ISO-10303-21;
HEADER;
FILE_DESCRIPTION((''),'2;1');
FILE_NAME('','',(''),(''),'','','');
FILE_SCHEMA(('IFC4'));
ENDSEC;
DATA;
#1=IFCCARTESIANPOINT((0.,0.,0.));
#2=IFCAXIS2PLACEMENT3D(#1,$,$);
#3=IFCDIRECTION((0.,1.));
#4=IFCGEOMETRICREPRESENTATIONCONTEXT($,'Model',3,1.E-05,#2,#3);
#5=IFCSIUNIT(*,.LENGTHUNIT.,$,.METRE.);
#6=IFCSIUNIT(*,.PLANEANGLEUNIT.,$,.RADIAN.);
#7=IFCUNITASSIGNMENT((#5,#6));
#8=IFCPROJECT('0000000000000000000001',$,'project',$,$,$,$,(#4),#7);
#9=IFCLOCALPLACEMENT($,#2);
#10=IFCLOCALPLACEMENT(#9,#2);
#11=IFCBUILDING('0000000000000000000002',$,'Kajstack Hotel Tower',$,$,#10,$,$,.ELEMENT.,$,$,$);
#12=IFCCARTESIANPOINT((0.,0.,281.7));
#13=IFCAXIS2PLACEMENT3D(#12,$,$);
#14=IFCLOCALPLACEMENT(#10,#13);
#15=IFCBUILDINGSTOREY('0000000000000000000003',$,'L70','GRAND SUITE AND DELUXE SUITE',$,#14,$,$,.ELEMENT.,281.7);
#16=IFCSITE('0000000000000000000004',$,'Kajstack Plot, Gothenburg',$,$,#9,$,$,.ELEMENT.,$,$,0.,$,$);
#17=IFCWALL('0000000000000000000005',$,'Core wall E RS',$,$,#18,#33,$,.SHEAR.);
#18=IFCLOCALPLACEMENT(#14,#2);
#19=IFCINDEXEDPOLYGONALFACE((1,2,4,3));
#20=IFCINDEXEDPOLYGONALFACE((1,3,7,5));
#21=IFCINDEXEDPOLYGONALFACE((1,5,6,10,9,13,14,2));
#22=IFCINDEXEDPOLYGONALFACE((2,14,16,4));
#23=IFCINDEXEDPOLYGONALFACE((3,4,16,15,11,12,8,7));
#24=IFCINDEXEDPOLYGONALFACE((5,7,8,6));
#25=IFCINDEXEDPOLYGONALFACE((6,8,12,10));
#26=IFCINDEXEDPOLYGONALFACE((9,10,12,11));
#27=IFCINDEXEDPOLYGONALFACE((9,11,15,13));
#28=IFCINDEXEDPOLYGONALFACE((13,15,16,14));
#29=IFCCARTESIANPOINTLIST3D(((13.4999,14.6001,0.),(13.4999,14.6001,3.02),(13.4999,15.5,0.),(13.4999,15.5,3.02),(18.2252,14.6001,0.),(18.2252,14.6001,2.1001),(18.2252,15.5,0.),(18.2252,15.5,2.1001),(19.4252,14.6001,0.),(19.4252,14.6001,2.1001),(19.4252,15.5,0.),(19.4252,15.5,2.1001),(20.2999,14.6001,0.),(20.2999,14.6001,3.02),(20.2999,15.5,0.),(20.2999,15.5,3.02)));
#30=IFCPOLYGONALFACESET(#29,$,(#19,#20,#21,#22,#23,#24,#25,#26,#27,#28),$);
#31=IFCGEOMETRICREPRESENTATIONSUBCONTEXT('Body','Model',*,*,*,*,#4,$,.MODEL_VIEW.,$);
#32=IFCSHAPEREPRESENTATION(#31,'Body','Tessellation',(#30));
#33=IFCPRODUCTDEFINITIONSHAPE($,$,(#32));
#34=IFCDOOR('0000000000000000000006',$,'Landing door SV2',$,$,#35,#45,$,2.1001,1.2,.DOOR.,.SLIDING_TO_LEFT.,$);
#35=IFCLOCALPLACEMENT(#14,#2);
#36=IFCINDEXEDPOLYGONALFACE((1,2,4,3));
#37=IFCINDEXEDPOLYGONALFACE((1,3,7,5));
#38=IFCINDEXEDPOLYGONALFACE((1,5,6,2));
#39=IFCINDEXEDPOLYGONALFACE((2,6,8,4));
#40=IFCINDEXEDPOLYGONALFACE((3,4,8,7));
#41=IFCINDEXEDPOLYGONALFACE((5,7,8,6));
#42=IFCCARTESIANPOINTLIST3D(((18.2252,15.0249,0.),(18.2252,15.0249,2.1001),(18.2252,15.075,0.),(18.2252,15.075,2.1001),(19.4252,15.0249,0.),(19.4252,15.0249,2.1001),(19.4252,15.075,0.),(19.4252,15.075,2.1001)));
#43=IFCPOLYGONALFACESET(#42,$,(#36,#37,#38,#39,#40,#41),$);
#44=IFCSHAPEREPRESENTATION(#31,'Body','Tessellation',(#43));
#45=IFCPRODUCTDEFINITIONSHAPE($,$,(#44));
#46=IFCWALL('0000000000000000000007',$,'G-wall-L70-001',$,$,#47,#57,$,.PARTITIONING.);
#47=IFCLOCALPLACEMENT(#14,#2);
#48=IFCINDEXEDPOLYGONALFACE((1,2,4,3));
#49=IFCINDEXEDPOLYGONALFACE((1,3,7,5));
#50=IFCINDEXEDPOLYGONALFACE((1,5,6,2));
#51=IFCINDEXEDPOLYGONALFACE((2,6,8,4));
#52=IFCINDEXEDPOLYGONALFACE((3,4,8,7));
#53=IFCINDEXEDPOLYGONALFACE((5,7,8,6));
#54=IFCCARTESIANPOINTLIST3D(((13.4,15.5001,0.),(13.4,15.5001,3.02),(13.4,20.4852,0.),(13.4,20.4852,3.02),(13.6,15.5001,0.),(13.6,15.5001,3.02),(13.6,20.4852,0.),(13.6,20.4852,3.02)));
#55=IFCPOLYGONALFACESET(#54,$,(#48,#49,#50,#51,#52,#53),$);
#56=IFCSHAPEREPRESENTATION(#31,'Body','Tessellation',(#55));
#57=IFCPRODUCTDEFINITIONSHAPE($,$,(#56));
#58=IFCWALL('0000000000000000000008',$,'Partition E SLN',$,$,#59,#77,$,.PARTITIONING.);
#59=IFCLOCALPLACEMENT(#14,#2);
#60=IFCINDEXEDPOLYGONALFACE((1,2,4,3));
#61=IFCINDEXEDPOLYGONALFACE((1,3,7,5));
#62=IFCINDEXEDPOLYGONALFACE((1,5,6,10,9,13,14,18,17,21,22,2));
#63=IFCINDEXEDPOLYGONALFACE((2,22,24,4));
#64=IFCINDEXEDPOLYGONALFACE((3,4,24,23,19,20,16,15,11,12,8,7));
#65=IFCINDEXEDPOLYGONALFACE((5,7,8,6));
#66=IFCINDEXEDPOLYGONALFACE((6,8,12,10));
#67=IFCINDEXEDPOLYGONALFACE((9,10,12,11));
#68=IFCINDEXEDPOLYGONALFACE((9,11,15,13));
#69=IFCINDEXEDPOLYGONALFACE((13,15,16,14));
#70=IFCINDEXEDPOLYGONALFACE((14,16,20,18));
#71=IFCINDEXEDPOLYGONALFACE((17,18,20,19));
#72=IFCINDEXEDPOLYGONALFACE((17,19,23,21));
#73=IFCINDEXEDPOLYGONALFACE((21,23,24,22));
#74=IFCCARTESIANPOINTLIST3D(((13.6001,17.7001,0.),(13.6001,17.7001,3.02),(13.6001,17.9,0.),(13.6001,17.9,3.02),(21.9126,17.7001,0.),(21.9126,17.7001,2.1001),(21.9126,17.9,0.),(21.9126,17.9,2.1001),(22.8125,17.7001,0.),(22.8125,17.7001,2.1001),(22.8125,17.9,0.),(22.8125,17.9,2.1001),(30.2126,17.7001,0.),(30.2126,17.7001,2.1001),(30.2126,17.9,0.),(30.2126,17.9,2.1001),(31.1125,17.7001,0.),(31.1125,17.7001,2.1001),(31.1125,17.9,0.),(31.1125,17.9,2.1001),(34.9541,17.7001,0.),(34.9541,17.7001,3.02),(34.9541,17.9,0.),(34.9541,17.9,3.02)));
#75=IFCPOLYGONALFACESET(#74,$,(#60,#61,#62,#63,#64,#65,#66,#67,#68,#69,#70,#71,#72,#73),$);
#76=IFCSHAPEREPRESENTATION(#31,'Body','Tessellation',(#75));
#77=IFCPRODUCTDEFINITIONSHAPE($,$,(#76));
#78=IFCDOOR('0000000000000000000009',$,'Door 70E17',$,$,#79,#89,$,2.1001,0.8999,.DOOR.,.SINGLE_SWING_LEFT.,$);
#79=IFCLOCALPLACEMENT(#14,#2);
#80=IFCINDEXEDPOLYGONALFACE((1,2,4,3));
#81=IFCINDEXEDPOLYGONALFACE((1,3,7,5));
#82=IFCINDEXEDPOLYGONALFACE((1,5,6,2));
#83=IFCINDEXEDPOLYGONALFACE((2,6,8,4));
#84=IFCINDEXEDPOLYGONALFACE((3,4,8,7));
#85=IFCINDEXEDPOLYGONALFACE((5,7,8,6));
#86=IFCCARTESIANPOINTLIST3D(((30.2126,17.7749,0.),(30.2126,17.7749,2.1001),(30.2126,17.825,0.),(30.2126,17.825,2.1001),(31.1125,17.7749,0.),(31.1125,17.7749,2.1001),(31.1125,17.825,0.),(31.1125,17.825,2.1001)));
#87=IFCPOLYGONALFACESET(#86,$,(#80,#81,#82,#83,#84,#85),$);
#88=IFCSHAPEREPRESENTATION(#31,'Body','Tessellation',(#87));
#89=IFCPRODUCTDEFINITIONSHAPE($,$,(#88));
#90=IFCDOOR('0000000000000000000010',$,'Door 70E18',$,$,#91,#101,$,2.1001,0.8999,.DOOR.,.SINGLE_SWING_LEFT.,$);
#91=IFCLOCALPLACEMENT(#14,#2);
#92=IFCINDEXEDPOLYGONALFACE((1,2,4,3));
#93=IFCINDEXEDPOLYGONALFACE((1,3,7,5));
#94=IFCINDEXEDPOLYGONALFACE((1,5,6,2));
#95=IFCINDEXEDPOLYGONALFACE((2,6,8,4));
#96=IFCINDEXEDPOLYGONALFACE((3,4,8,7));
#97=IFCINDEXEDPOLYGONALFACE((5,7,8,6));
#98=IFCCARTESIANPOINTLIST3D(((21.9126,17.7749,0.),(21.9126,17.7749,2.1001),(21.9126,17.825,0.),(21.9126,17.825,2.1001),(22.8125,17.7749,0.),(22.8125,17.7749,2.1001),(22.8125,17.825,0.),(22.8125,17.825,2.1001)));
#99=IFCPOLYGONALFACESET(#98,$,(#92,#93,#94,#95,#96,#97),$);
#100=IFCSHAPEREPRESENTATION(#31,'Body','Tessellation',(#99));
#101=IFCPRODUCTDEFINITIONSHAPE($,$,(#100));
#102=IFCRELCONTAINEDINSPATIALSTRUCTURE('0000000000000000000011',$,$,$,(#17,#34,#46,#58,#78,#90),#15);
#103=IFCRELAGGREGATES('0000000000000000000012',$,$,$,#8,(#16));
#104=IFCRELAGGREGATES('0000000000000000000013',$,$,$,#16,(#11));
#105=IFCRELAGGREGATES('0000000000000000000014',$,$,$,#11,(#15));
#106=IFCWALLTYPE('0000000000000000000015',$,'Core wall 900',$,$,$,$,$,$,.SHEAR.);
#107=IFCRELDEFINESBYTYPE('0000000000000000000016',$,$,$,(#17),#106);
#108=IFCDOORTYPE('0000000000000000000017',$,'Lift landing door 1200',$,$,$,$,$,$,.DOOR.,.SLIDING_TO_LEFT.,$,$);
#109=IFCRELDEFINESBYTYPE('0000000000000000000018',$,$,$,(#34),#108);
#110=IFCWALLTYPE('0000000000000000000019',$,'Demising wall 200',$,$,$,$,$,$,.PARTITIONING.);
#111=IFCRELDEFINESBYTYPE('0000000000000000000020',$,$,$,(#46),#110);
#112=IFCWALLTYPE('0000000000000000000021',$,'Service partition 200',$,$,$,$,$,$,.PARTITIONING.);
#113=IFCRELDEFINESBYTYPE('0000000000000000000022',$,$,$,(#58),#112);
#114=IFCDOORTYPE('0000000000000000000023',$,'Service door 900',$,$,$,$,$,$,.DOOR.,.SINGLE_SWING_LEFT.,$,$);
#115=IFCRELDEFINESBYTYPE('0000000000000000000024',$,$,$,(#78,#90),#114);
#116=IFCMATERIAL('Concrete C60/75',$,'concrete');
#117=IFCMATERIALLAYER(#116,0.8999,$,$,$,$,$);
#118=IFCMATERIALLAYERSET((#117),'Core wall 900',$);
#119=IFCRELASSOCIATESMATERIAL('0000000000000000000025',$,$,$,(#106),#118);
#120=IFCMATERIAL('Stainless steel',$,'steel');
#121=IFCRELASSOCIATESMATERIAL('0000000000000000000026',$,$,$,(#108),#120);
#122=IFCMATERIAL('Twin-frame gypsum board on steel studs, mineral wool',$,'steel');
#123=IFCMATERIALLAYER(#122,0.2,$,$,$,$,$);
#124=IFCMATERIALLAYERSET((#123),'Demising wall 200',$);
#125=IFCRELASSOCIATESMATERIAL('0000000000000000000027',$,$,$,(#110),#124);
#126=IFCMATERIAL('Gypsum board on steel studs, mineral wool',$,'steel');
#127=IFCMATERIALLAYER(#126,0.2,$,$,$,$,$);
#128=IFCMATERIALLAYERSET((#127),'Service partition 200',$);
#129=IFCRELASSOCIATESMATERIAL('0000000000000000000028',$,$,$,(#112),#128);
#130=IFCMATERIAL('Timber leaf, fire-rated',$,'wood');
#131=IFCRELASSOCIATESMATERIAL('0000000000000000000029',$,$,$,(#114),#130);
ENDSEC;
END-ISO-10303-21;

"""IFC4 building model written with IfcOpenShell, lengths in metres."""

from ifc_helpers import new_model, si_unit, direction, frame, frame_2d, origin, place, context, subcontext, project, spatial, rectangle, extrude, material, layer, layer_set, type_object, element, fill, save


model = new_model("IFC4")

# Units and contexts
model_context = context("Model", 3, precision=1e-05, world=origin(), true_north=direction((0.0, 1.0)))
body_context = subcontext(model_context, "Body", "Model", "MODEL_VIEW")
ifc_project = project(units=[si_unit("LENGTHUNIT", "METRE"), si_unit("PLANEANGLEUNIT", "RADIAN")], contexts=[model_context])

# Site, building, storey
site_placement = place(None, origin())
site = spatial("IfcSite", under=ifc_project, at=site_placement, Name="Kajstack Plot, Gothenburg", CompositionType="ELEMENT", RefElevation=0.0)
building_placement = place(site_placement, origin())
building = spatial("IfcBuilding", under=site, at=building_placement, Name="Kajstack Hotel Tower", CompositionType="ELEMENT")
storey_placement = place(building_placement, frame((0.0, 0.0, 281.7)))
storey = spatial("IfcBuildingStorey", under=building, at=storey_placement, Name="L70", Description="GRAND SUITE AND DELUXE SUITE", CompositionType="ELEMENT", Elevation=281.7)

# Wall, opening, door
ifc_material_1 = material(Name="Concrete C60/75", Category="concrete")
ifc_layer_1 = layer(ifc_material_1, 0.8999)
ifc_layer_set_1 = layer_set([ifc_layer_1], Name="Core wall 900")
wall_type_1 = type_object("IfcWallType", Name="Core wall 900", PredefinedType="SHEAR", material=ifc_layer_set_1)
wall_1_placement = place(storey_placement, frame((13.5, 15.05, 0.0), z_axis=(0.0, 0.0, 1.0), x_axis=(1.0, 0.0, 0.0)))
wall_1 = element("IfcWall", 1, at=wall_1_placement, inside=storey, type_object=wall_type_1, Name="Core wall E RS", PredefinedType="SHEAR", context=body_context, shape_type="SweptSolid", body=[
    extrude(rectangle(XDim=6.8, YDim=0.8999, at=frame_2d((3.3999, 0.0))), origin(), (0.0, 0.0, 1.0), 3.02),
])
opening_1_placement = place(wall_1_placement, frame((4.7251, 0.0, 0.0)))
opening_1 = element("IfcOpeningElement", 2, at=opening_1_placement, cuts=wall_1, PredefinedType="OPENING", context=body_context, shape_type="SweptSolid", body=[
    extrude(rectangle(XDim=1.2, YDim=2.1001, at=frame_2d((0.6001, 1.05))), frame((0.0, 0.46, 0.0), z_axis=(0.0, -1.0, 0.0), x_axis=(1.0, 0.0, 0.0)), (0.0, 0.0, 1.0), 0.9199),
])
ifc_material_2 = material(Name="Stainless steel", Category="steel")
door_type_1 = type_object("IfcDoorType", Name="Lift landing door 1200", OperationType="SLIDING_TO_LEFT", PredefinedType="DOOR", material=ifc_material_2)
door_1_placement = place(opening_1_placement, origin())
door_1 = element("IfcDoor", 3, at=door_1_placement, inside=storey, type_object=door_type_1, Name="Landing door SV2", OperationType="SLIDING_TO_LEFT", OverallHeight=2.1001, OverallWidth=1.2, PredefinedType="DOOR", context=body_context, shape_type="SweptSolid", body=[
    extrude(rectangle(XDim=1.2, YDim=2.1001, at=frame_2d((0.6001, 1.05))), frame((0.0, 0.0249, 0.0), z_axis=(0.0, -1.0, 0.0), x_axis=(1.0, 0.0, 0.0)), (0.0, 0.0, 1.0), 0.05),
])
fill(opening_1, door_1)

# Wall
ifc_material_3 = material(Name="Twin-frame gypsum board on steel studs, mineral wool", Category="steel")
ifc_layer_2 = layer(ifc_material_3, 0.2)
ifc_layer_set_2 = layer_set([ifc_layer_2], Name="Demising wall 200")
wall_type_2 = type_object("IfcWallType", Name="Demising wall 200", PredefinedType="PARTITIONING", material=ifc_layer_set_2)
wall_2_placement = place(storey_placement, frame((13.5, 15.5, 0.0), z_axis=(0.0, 0.0, 1.0), x_axis=(0.0, 1.0, 0.0)))
element("IfcWall", 4, at=wall_2_placement, inside=storey, type_object=wall_type_2, Name="G-wall-L70-001", PredefinedType="PARTITIONING", context=body_context, shape_type="SweptSolid", body=[
    extrude(rectangle(XDim=4.9851, YDim=0.2, at=frame_2d((2.4927, 0.0))), origin(), (0.0, 0.0, 1.0), 3.02),
])

# Wall, openings, doors
ifc_material_4 = material(Name="Gypsum board on steel studs, mineral wool", Category="steel")
ifc_layer_3 = layer(ifc_material_4, 0.2)
ifc_layer_set_3 = layer_set([ifc_layer_3], Name="Service partition 200")
wall_type_3 = type_object("IfcWallType", Name="Service partition 200", PredefinedType="PARTITIONING", material=ifc_layer_set_3)
wall_3_placement = place(storey_placement, frame((13.6001, 17.8, 0.0), z_axis=(0.0, 0.0, 1.0), x_axis=(1.0, 0.0, 0.0)))
wall_3 = element("IfcWall", 5, at=wall_3_placement, inside=storey, type_object=wall_type_3, Name="Partition E SLN", PredefinedType="PARTITIONING", context=body_context, shape_type="SweptSolid", body=[
    extrude(rectangle(XDim=21.354, YDim=0.2, at=frame_2d((10.677, 0.0))), origin(), (0.0, 0.0, 1.0), 3.02),
])
opening_2_placement = place(wall_3_placement, frame((16.6125, 0.0, 0.0)))
opening_2 = element("IfcOpeningElement", 6, at=opening_2_placement, cuts=wall_3, PredefinedType="OPENING", context=body_context, shape_type="SweptSolid", body=[
    extrude(rectangle(XDim=0.8999, YDim=2.1001, at=frame_2d((0.45, 1.05))), frame((0.0, 0.1099, 0.0), z_axis=(0.0, -1.0, 0.0), x_axis=(1.0, 0.0, 0.0)), (0.0, 0.0, 1.0), 0.22),
])
opening_3_placement = place(wall_3_placement, frame((8.3125, 0.0, 0.0)))
opening_3 = element("IfcOpeningElement", 7, at=opening_3_placement, cuts=wall_3, PredefinedType="OPENING", context=body_context, shape_type="SweptSolid", body=[
    extrude(rectangle(XDim=0.8999, YDim=2.1001, at=frame_2d((0.45, 1.05))), frame((0.0, 0.1099, 0.0), z_axis=(0.0, -1.0, 0.0), x_axis=(1.0, 0.0, 0.0)), (0.0, 0.0, 1.0), 0.22),
])
ifc_material_5 = material(Name="Timber leaf, fire-rated", Category="wood")
door_type_2 = type_object("IfcDoorType", Name="Service door 900", OperationType="SINGLE_SWING_LEFT", PredefinedType="DOOR", material=ifc_material_5)
door_2_placement = place(opening_2_placement, origin())
door_2 = element("IfcDoor", 8, at=door_2_placement, inside=storey, type_object=door_type_2, Name="Door 70E17", OperationType="SINGLE_SWING_LEFT", OverallHeight=2.1001, OverallWidth=0.8999, PredefinedType="DOOR", context=body_context, shape_type="SweptSolid", body=[
    extrude(rectangle(XDim=0.8999, YDim=2.1001, at=frame_2d((0.45, 1.05))), frame((0.0, 0.0249, 0.0), z_axis=(0.0, -1.0, 0.0), x_axis=(1.0, 0.0, 0.0)), (0.0, 0.0, 1.0), 0.05),
])
fill(opening_2, door_2)
door_3_placement = place(opening_3_placement, origin())
door_3 = element("IfcDoor", 9, at=door_3_placement, inside=storey, type_object=door_type_2, Name="Door 70E18", OperationType="SINGLE_SWING_LEFT", OverallHeight=2.1001, OverallWidth=0.8999, PredefinedType="DOOR", context=body_context, shape_type="SweptSolid", body=[
    extrude(rectangle(XDim=0.8999, YDim=2.1001, at=frame_2d((0.45, 1.05))), frame((0.0, 0.0249, 0.0), z_axis=(0.0, -1.0, 0.0), x_axis=(1.0, 0.0, 0.0)), (0.0, 0.0, 1.0), 0.05),
])
fill(opening_3, door_3)

save(model, "model.ifc")
